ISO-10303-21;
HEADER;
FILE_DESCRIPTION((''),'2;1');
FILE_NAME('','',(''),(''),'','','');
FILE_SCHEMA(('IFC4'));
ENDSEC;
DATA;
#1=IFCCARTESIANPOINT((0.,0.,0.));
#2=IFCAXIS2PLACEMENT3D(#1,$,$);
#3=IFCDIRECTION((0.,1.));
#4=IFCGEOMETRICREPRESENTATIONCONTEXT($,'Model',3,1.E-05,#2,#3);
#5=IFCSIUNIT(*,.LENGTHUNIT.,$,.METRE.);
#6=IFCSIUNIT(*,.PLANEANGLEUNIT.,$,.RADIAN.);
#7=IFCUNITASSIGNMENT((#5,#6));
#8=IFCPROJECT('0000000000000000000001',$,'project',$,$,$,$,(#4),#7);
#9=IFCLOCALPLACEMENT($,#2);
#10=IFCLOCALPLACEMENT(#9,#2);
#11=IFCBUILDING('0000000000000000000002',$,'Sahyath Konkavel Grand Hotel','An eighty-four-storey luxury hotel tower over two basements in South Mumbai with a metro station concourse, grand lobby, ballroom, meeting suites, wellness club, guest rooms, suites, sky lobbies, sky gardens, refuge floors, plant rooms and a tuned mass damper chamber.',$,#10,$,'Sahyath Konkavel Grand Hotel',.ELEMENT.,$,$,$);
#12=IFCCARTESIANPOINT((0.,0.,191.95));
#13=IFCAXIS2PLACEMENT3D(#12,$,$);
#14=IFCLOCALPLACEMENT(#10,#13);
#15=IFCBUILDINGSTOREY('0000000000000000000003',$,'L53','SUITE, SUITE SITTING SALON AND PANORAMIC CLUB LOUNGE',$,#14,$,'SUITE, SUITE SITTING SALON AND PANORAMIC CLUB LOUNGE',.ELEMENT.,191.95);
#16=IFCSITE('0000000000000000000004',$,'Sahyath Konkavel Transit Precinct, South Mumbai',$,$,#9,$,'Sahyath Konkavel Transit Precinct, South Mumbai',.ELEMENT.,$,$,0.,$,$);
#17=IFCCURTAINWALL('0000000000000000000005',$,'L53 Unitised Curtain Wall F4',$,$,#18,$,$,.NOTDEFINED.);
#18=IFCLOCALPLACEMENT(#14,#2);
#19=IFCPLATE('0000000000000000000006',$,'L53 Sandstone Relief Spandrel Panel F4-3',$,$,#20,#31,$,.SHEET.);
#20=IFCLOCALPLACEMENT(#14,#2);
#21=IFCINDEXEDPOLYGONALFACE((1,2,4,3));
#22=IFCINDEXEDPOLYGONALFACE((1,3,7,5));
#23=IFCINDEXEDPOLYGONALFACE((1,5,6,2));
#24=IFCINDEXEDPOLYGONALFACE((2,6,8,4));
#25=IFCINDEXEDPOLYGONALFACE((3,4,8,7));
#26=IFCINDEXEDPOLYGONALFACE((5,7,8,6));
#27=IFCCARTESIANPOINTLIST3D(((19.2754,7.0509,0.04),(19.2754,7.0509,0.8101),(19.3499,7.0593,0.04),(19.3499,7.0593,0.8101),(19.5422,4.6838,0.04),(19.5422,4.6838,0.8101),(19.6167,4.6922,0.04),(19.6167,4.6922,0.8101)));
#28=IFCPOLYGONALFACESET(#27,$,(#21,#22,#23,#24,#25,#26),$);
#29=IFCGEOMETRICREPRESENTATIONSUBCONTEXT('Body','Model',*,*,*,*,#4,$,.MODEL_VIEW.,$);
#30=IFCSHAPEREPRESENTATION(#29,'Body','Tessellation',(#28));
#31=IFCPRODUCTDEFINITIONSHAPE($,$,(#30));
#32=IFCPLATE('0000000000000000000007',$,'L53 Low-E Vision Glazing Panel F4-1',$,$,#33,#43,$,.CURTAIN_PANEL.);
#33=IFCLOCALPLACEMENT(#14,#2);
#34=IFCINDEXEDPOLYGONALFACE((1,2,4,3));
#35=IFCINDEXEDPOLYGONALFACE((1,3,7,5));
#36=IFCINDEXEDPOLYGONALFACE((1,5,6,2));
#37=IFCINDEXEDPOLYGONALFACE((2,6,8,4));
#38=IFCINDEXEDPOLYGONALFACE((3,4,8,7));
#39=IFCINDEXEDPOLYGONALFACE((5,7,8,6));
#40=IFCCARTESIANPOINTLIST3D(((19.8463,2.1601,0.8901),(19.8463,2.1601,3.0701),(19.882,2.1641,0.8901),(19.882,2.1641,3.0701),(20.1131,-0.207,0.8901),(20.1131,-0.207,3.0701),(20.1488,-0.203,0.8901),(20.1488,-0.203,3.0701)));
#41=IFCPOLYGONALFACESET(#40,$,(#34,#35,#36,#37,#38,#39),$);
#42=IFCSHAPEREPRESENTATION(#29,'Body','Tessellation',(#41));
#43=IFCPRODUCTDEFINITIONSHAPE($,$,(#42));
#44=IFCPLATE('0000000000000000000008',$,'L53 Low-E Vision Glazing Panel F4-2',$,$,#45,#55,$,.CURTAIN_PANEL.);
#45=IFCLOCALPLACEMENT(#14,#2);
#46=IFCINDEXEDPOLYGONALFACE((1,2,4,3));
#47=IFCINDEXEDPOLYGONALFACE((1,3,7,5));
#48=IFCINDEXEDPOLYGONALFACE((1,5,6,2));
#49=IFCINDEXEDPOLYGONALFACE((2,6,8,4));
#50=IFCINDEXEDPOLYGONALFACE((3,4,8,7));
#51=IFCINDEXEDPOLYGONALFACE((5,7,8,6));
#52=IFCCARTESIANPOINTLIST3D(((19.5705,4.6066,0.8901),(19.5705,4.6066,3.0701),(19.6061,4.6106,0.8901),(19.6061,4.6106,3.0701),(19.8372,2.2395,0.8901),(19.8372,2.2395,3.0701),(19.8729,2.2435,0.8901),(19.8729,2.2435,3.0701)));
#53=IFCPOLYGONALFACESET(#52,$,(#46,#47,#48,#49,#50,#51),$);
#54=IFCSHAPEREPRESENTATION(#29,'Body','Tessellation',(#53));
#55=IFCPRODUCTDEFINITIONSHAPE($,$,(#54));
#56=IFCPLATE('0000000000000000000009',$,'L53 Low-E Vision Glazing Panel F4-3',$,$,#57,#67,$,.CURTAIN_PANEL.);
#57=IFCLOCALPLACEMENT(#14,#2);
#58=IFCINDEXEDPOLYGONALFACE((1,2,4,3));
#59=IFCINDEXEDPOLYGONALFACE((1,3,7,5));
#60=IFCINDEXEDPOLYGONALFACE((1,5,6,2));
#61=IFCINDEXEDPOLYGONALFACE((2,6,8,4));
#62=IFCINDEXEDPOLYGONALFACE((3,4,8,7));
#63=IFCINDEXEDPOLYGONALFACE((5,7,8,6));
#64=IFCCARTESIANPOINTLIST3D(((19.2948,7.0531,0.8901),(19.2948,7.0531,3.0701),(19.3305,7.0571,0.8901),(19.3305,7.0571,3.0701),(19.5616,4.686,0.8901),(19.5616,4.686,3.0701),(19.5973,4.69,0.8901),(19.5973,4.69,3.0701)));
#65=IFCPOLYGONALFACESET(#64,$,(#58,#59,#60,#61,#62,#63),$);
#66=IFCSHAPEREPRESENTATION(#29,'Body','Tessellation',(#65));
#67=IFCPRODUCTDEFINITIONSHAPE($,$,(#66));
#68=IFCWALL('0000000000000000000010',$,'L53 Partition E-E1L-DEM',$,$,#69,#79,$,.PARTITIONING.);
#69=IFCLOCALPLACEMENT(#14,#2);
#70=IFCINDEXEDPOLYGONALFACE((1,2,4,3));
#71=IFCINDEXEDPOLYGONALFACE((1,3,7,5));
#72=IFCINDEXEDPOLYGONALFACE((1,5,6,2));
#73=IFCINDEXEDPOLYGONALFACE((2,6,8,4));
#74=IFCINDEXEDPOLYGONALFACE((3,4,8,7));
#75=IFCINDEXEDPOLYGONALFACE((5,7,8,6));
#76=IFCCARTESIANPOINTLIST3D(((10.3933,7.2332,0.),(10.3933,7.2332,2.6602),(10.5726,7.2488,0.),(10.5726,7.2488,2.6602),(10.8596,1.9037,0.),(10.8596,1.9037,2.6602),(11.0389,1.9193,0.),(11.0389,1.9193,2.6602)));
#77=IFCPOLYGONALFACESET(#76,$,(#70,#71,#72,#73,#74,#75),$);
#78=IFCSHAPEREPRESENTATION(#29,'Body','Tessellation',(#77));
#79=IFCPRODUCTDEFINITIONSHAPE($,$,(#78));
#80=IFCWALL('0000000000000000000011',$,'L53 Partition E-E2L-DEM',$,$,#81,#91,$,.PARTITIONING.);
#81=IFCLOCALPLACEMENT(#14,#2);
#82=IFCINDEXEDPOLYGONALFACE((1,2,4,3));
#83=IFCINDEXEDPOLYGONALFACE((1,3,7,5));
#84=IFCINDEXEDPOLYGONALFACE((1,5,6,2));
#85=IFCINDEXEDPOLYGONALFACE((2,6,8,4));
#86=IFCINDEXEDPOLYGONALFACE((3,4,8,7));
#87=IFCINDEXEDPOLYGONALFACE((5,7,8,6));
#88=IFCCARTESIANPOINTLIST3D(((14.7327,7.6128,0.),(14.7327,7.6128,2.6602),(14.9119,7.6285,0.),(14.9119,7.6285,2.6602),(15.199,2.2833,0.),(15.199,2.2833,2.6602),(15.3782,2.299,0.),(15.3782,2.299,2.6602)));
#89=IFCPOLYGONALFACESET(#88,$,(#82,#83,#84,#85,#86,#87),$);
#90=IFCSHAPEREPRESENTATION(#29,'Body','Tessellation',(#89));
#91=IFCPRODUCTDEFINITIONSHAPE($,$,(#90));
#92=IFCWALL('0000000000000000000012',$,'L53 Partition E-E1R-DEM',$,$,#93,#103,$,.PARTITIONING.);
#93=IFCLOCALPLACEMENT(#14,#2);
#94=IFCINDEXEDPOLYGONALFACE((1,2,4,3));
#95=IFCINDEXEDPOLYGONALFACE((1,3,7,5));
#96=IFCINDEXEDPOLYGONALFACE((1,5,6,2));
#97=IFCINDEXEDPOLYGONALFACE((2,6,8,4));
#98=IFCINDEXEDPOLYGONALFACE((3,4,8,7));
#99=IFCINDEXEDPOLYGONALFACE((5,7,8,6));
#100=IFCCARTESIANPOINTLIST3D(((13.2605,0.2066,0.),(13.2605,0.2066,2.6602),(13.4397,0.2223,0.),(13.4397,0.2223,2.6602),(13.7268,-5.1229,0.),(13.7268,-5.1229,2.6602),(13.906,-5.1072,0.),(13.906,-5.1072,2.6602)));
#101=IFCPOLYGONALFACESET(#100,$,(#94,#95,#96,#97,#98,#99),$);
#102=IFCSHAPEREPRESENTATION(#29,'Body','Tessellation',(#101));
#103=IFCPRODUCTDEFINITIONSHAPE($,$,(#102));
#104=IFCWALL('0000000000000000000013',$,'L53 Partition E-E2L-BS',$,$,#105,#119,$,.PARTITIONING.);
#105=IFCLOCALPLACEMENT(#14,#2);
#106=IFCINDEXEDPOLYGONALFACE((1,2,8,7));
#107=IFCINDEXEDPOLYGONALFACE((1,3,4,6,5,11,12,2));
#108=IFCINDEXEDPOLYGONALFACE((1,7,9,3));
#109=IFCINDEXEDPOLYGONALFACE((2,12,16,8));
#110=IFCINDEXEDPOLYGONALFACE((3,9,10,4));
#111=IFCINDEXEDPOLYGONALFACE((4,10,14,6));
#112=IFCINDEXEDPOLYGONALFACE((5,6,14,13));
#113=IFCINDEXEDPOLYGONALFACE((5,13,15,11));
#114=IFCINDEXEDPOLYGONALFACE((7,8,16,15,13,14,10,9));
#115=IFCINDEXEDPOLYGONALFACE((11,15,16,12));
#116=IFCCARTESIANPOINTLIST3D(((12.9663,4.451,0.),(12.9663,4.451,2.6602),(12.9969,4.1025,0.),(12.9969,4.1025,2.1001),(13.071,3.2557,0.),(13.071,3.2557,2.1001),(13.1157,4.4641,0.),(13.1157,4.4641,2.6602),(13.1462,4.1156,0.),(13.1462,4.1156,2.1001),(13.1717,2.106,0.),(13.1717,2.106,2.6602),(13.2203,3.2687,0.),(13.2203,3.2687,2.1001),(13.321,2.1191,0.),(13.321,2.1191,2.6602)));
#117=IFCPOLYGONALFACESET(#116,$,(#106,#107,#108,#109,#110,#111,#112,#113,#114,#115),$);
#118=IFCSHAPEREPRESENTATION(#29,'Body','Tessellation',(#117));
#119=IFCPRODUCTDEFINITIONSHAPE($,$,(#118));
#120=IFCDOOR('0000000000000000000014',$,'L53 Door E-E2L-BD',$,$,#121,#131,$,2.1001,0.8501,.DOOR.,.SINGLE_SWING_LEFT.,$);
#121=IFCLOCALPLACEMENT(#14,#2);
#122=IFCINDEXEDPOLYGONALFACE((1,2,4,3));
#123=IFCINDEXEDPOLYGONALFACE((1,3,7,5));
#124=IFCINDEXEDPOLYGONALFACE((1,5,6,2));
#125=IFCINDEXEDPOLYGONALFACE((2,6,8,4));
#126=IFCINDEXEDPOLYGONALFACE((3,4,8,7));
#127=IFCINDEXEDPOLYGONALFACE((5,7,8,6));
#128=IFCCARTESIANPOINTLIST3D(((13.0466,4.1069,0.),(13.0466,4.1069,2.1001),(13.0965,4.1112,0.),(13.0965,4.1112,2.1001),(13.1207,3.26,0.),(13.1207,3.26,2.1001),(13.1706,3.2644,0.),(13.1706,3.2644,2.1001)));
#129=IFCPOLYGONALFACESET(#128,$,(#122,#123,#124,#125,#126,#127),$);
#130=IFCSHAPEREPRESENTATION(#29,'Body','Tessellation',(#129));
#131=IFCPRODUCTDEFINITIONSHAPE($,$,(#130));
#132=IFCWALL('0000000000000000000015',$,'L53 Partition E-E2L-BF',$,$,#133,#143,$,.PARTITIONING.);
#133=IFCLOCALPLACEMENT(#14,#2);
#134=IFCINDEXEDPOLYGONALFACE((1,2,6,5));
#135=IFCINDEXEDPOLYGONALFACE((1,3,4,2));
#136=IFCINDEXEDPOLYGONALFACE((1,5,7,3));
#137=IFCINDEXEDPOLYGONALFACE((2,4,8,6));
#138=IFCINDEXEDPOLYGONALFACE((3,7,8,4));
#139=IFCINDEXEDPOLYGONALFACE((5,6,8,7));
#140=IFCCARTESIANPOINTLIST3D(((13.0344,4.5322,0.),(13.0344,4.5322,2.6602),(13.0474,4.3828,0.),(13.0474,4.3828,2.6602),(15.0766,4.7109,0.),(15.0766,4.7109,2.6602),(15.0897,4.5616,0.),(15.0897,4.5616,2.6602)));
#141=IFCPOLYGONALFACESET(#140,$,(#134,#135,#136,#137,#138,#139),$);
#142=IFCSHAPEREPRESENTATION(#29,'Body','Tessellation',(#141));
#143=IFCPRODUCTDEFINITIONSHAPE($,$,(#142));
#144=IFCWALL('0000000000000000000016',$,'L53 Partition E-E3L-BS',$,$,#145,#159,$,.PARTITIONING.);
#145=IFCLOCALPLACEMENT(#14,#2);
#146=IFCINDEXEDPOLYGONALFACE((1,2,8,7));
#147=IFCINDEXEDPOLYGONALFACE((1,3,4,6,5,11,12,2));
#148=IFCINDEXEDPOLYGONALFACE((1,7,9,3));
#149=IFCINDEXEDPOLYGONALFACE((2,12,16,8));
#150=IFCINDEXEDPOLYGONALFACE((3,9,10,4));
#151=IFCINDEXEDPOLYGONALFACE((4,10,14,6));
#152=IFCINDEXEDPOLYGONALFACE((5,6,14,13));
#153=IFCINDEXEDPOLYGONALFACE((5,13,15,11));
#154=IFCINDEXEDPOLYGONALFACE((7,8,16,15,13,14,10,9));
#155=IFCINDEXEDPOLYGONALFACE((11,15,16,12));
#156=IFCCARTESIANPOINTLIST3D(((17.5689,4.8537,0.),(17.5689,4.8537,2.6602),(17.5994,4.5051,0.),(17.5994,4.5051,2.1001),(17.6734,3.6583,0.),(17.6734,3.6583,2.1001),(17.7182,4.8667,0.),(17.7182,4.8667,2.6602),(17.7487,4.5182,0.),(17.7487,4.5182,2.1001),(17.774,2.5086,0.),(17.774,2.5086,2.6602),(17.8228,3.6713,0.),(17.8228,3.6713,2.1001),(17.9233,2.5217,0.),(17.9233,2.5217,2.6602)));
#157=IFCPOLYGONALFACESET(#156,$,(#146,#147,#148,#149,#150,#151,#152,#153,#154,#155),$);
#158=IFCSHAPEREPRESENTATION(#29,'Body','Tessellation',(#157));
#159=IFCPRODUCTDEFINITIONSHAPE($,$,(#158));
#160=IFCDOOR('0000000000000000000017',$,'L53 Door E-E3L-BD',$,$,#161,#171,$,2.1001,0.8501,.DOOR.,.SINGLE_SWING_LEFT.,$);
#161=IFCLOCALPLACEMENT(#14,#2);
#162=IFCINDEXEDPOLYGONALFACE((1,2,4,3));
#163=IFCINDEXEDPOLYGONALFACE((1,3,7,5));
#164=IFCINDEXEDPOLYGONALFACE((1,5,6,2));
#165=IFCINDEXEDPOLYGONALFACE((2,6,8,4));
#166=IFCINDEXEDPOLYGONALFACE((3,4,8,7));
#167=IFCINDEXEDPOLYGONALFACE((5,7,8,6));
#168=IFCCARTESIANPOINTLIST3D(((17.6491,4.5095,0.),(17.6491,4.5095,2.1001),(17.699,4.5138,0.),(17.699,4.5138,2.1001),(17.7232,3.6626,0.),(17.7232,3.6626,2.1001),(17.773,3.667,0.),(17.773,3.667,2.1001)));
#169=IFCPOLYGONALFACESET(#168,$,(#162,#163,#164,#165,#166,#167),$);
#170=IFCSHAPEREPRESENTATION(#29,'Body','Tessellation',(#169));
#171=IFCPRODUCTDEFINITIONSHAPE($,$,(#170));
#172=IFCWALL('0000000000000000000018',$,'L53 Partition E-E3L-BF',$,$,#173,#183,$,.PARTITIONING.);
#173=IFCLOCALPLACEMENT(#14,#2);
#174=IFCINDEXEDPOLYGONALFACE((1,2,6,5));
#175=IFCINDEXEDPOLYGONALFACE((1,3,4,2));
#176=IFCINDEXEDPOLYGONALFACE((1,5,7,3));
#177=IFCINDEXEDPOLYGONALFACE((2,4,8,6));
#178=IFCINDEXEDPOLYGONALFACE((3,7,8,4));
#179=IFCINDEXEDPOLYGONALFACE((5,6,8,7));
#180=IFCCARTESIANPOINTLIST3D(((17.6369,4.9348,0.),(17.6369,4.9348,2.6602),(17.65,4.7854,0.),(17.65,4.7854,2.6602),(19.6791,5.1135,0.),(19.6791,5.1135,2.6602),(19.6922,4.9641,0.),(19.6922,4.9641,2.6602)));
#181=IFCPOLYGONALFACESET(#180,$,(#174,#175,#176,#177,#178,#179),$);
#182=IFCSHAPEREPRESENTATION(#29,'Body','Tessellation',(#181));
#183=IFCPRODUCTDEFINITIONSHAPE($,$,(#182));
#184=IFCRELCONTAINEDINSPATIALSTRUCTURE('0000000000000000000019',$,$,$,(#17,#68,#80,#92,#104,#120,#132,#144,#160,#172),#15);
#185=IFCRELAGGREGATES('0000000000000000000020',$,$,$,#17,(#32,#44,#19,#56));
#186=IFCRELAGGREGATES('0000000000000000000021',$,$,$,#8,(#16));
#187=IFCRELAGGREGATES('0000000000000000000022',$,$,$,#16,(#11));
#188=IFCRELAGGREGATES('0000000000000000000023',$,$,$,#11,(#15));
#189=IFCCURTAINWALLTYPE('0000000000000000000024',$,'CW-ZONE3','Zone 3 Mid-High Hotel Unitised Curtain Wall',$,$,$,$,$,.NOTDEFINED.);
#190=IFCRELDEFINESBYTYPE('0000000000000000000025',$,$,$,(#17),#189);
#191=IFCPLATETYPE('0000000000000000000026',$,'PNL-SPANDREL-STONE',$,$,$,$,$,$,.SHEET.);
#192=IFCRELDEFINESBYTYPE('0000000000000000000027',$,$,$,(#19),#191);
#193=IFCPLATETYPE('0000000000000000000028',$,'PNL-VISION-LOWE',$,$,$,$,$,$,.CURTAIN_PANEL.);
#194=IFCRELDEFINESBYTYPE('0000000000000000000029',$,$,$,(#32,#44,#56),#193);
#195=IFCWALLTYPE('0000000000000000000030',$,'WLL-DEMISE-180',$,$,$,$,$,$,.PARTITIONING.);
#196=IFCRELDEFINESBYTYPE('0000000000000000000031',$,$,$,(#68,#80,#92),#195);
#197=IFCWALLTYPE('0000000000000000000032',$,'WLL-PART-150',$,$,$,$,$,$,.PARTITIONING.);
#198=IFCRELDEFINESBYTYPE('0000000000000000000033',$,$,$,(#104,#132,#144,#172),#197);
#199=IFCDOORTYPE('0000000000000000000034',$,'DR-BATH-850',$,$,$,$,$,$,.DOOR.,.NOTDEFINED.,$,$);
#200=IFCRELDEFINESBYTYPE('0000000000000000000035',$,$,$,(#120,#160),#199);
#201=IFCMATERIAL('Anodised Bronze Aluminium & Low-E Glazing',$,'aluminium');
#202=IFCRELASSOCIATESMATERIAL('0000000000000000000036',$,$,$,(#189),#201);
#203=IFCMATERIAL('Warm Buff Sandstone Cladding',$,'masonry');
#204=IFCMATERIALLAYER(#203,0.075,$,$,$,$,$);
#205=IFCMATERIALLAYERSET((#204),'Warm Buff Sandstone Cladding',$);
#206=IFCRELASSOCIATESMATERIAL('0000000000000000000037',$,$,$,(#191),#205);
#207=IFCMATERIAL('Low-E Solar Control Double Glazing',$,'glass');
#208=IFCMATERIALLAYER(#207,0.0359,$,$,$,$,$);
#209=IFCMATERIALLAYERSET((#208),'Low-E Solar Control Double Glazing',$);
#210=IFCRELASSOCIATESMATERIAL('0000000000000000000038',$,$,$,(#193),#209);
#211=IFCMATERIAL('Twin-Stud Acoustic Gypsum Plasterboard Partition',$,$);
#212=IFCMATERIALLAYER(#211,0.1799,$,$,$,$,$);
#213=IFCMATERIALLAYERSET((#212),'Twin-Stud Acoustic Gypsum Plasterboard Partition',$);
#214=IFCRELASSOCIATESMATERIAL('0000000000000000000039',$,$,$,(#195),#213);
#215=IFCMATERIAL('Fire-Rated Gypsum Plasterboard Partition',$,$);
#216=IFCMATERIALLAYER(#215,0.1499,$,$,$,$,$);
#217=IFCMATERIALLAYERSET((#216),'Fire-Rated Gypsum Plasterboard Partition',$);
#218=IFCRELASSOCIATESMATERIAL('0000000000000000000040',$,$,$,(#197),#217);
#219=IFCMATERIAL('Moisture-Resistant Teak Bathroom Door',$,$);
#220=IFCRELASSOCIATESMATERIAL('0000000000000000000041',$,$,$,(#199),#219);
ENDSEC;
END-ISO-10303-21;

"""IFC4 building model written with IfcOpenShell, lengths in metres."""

from ifc_helpers import new_model, si_unit, direction, frame, frame_2d, origin, origin_2d, place, context, subcontext, project, spatial, rectangle, extrude, source, transform, mapped, material, layer, layer_set, type_object, element, fill, aggregate, save


model = new_model("IFC4")

# Units and contexts
model_context = context("Model", 3, precision=1e-05, world=origin(), true_north=direction((0.0, 1.0)))
body_context = subcontext(model_context, "Body", "Model", "MODEL_VIEW")
ifc_project = project(units=[si_unit("LENGTHUNIT", "METRE"), si_unit("PLANEANGLEUNIT", "RADIAN")], contexts=[model_context])

# Site, building, storey
site_placement = place(None, origin())
site = spatial("IfcSite", under=ifc_project, at=site_placement, Name="Sahyath Konkavel Transit Precinct, South Mumbai", LongName="Sahyath Konkavel Transit Precinct, South Mumbai", CompositionType="ELEMENT", RefElevation=0.0)
building_placement = place(site_placement, origin())
building = spatial("IfcBuilding", under=site, at=building_placement, Name="Sahyath Konkavel Grand Hotel", Description="An eighty-four-storey luxury hotel tower over two basements in South Mumbai with a metro station concourse, grand lobby, ballroom, meeting suites, wellness club, guest rooms, suites, sky lobbies, sky gardens, refuge floors, plant rooms and a tuned mass damper chamber.", LongName="Sahyath Konkavel Grand Hotel", CompositionType="ELEMENT")
storey_placement = place(building_placement, frame((0.0, 0.0, 191.95)))
storey = spatial("IfcBuildingStorey", under=building, at=storey_placement, Name="L53", Description="SUITE, SUITE SITTING SALON AND PANORAMIC CLUB LOUNGE", LongName="SUITE, SUITE SITTING SALON AND PANORAMIC CLUB LOUNGE", CompositionType="ELEMENT", Elevation=191.95)

# Curtain wall, plates
ifc_material_1 = material(Name="Anodised Bronze Aluminium & Low-E Glazing", Category="aluminium")
curtain_wall_type = type_object("IfcCurtainWallType", Name="CW-ZONE3", Description="Zone 3 Mid-High Hotel Unitised Curtain Wall", PredefinedType="NOTDEFINED", material=ifc_material_1)
curtain_wall_placement = place(storey_placement, origin())
curtain_wall = element("IfcCurtainWall", 1, at=curtain_wall_placement, inside=storey, type_object=curtain_wall_type, Name="L53 Unitised Curtain Wall F4", PredefinedType="NOTDEFINED")
ifc_material_2 = material(Name="Warm Buff Sandstone Cladding", Category="masonry")
ifc_layer_1 = layer(ifc_material_2, 0.075)
ifc_layer_set_1 = layer_set([ifc_layer_1], Name="Warm Buff Sandstone Cladding")
plate_type_1 = type_object("IfcPlateType", Name="PNL-SPANDREL-STONE", PredefinedType="SHEET", material=ifc_layer_set_1)
shared_shape_1 = source(origin(), body_context, "Body", "SweptSolid", [
    extrude(rectangle(XDim=2.3821, YDim=0.075, at=origin_2d()), origin(), (0.0, 0.0, 1.0), 0.77),
])
plate_1_placement = place(storey_placement, frame((19.446, 5.8716, 0.04), z_axis=(0.0, 0.0, 1.0), x_axis=(-0.111989, 0.993709, 0.0)))
plate_1 = element("IfcPlate", 2, at=plate_1_placement, type_object=plate_type_1, Name="L53 Sandstone Relief Spandrel Panel F4-3", PredefinedType="SHEET", context=body_context, shape_type="MappedRepresentation", body=[
    mapped(shared_shape_1, transform((0.0, 0.0, 0.0), scale=1.0)),
])
ifc_material_3 = material(Name="Low-E Solar Control Double Glazing", Category="glass")
ifc_layer_2 = layer(ifc_material_3, 0.0359)
ifc_layer_set_2 = layer_set([ifc_layer_2], Name="Low-E Solar Control Double Glazing")
plate_type_2 = type_object("IfcPlateType", Name="PNL-VISION-LOWE", PredefinedType="CURTAIN_PANEL", material=ifc_layer_set_2)
shared_shape_2 = source(origin(), body_context, "Body", "SweptSolid", [
    extrude(rectangle(XDim=2.3821, YDim=0.0359, at=origin_2d()), origin(), (0.0, 0.0, 1.0), 2.1799),
])
plate_2_placement = place(storey_placement, frame((19.9976, 0.9785, 0.8901), z_axis=(0.0, 0.0, 1.0), x_axis=(-0.111989, 0.993709, 0.0)))
plate_2 = element("IfcPlate", 3, at=plate_2_placement, type_object=plate_type_2, Name="L53 Low-E Vision Glazing Panel F4-1", PredefinedType="CURTAIN_PANEL", context=body_context, shape_type="MappedRepresentation", body=[
    mapped(shared_shape_2, transform((0.0, 0.0, 0.0), scale=1.0)),
])
plate_3_placement = place(storey_placement, frame((19.7217, 3.425, 0.8901), z_axis=(0.0, 0.0, 1.0), x_axis=(-0.111989, 0.993709, 0.0)))
plate_3 = element("IfcPlate", 4, at=plate_3_placement, type_object=plate_type_2, Name="L53 Low-E Vision Glazing Panel F4-2", PredefinedType="CURTAIN_PANEL", context=body_context, shape_type="MappedRepresentation", body=[
    mapped(shared_shape_2, transform((0.0, 0.0, 0.0), scale=1.0)),
])
plate_4_placement = place(storey_placement, frame((19.446, 5.8716, 0.8901), z_axis=(0.0, 0.0, 1.0), x_axis=(-0.111989, 0.993709, 0.0)))
plate_4 = element("IfcPlate", 5, at=plate_4_placement, type_object=plate_type_2, Name="L53 Low-E Vision Glazing Panel F4-3", PredefinedType="CURTAIN_PANEL", context=body_context, shape_type="MappedRepresentation", body=[
    mapped(shared_shape_2, transform((0.0, 0.0, 0.0), scale=1.0)),
])
aggregate(curtain_wall, [plate_2, plate_3, plate_1, plate_4])

# Walls
ifc_material_4 = material(Name="Twin-Stud Acoustic Gypsum Plasterboard Partition")
ifc_layer_3 = layer(ifc_material_4, 0.1799)
ifc_layer_set_3 = layer_set([ifc_layer_3], Name="Twin-Stud Acoustic Gypsum Plasterboard Partition")
wall_type_1 = type_object("IfcWallType", Name="WLL-DEMISE-180", PredefinedType="PARTITIONING", material=ifc_layer_set_3)
for number, where, z_axis, x_axis, name in (
    (6, (10.9492, 1.9116, 0.0), (0.0, 0.0, 1.0), (-0.087161, 0.996194, 0.0), "L53 Partition E-E1L-DEM"),
    (7, (15.2886, 2.2913, 0.0), (0.0, 0.0, 1.0), (-0.087161, 0.996194, 0.0), "L53 Partition E-E2L-DEM"),
    (8, (13.3501, 0.2144, 0.0), (0.0, 0.0, 1.0), (0.087161, -0.996194, 0.0), "L53 Partition E-E1R-DEM"),
):
    element("IfcWall", number, at=place(storey_placement, frame(where, z_axis=z_axis, x_axis=x_axis)), inside=storey, type_object=wall_type_1, Name=name, PredefinedType="PARTITIONING", context=body_context, shape_type="SweptSolid", body=[
        extrude(rectangle(XDim=5.3499, YDim=0.1799, at=frame_2d((2.6748, 0.0))), origin(), (0.0, 0.0, 1.0), 2.6602),
    ])

# Wall, opening, door
ifc_material_5 = material(Name="Fire-Rated Gypsum Plasterboard Partition")
ifc_layer_4 = layer(ifc_material_5, 0.1499)
ifc_layer_set_4 = layer_set([ifc_layer_4], Name="Fire-Rated Gypsum Plasterboard Partition")
wall_type_2 = type_object("IfcWallType", Name="WLL-PART-150", PredefinedType="PARTITIONING", material=ifc_layer_set_4)
wall_1_placement = place(storey_placement, frame((13.2463, 2.1125, 0.0), z_axis=(0.0, 0.0, 1.0), x_axis=(-0.087225, 0.996189, 0.0)))
wall_1 = element("IfcWall", 9, at=wall_1_placement, inside=storey, type_object=wall_type_2, Name="L53 Partition E-E2L-BS", PredefinedType="PARTITIONING", context=body_context, shape_type="SweptSolid", body=[
    extrude(rectangle(XDim=2.354, YDim=0.1499, at=frame_2d((1.177, 0.0))), origin(), (0.0, 0.0, 1.0), 2.6602),
])
opening_1_placement = place(wall_1_placement, frame((1.1541, 0.0, 0.0)))
opening_1 = element("IfcOpeningElement", 10, at=opening_1_placement, cuts=wall_1, PredefinedType="OPENING", context=body_context, shape_type="SweptSolid", body=[
    extrude(rectangle(XDim=0.8501, YDim=2.1001, at=frame_2d((0.425, 1.05))), frame((0.0, 0.085, 0.0), z_axis=(0.0, -1.0, 0.0), x_axis=(1.0, 0.0, 0.0)), (0.0, 0.0, 1.0), 0.1699),
])
ifc_material_6 = material(Name="Moisture-Resistant Teak Bathroom Door")
door_type = type_object("IfcDoorType", Name="DR-BATH-850", OperationType="NOTDEFINED", PredefinedType="DOOR", material=ifc_material_6)
shared_shape_3 = source(origin(), body_context, "Body", "SweptSolid", [
    extrude(rectangle(XDim=0.8501, YDim=0.05, at=origin_2d()), origin(), (0.0, 0.0, 1.0), 2.1001),
])
door_1_placement = place(opening_1_placement, frame((0.425, 0.0, 0.0)))
door_1 = element("IfcDoor", 11, at=door_1_placement, inside=storey, type_object=door_type, Name="L53 Door E-E2L-BD", OperationType="SINGLE_SWING_LEFT", OverallHeight=2.1001, OverallWidth=0.8501, PredefinedType="DOOR", context=body_context, shape_type="MappedRepresentation", body=[
    mapped(shared_shape_3, transform((0.0, 0.0, 0.0), scale=1.0)),
])
fill(opening_1, door_1)

# Wall
wall_2_placement = place(storey_placement, frame((13.041, 4.4575, 0.0), z_axis=(0.0, 0.0, 1.0), x_axis=(0.996193, 0.087174, 0.0)))
element("IfcWall", 12, at=wall_2_placement, inside=storey, type_object=wall_type_2, Name="L53 Partition E-E2L-BF", PredefinedType="PARTITIONING", context=body_context, shape_type="SweptSolid", body=[
    extrude(rectangle(XDim=2.05, YDim=0.1499, at=frame_2d((1.0249, 0.0))), origin(), (0.0, 0.0, 1.0), 2.6602),
])

# Wall, opening, door
wall_3_placement = place(storey_placement, frame((17.8486, 2.5151, 0.0), z_axis=(0.0, 0.0, 1.0), x_axis=(-0.087122, 0.996198, 0.0)))
wall_3 = element("IfcWall", 13, at=wall_3_placement, inside=storey, type_object=wall_type_2, Name="L53 Partition E-E3L-BS", PredefinedType="PARTITIONING", context=body_context, shape_type="SweptSolid", body=[
    extrude(rectangle(XDim=2.354, YDim=0.1499, at=frame_2d((1.177, 0.0))), origin(), (0.0, 0.0, 1.0), 2.6602),
])
opening_2_placement = place(wall_3_placement, frame((1.1541, 0.0, 0.0)))
opening_2 = element("IfcOpeningElement", 14, at=opening_2_placement, cuts=wall_3, PredefinedType="OPENING", context=body_context, shape_type="SweptSolid", body=[
    extrude(rectangle(XDim=0.8501, YDim=2.1001, at=frame_2d((0.425, 1.05))), frame((0.0, 0.085, 0.0), z_axis=(0.0, -1.0, 0.0), x_axis=(1.0, 0.0, 0.0)), (0.0, 0.0, 1.0), 0.1699),
])
door_2_placement = place(opening_2_placement, frame((0.425, 0.0, 0.0)))
door_2 = element("IfcDoor", 15, at=door_2_placement, inside=storey, type_object=door_type, Name="L53 Door E-E3L-BD", OperationType="SINGLE_SWING_LEFT", OverallHeight=2.1001, OverallWidth=0.8501, PredefinedType="DOOR", context=body_context, shape_type="MappedRepresentation", body=[
    mapped(shared_shape_3, transform((0.0, 0.0, 0.0), scale=1.0)),
])
fill(opening_2, door_2)

# Wall
wall_4_placement = place(storey_placement, frame((17.6436, 4.8601, 0.0), z_axis=(0.0, 0.0, 1.0), x_axis=(0.996193, 0.087174, 0.0)))
element("IfcWall", 16, at=wall_4_placement, inside=storey, type_object=wall_type_2, Name="L53 Partition E-E3L-BF", PredefinedType="PARTITIONING", context=body_context, shape_type="SweptSolid", body=[
    extrude(rectangle(XDim=2.05, YDim=0.1499, at=frame_2d((1.0249, 0.0))), origin(), (0.0, 0.0, 1.0), 2.6602),
])

save(model, "model.ifc")
